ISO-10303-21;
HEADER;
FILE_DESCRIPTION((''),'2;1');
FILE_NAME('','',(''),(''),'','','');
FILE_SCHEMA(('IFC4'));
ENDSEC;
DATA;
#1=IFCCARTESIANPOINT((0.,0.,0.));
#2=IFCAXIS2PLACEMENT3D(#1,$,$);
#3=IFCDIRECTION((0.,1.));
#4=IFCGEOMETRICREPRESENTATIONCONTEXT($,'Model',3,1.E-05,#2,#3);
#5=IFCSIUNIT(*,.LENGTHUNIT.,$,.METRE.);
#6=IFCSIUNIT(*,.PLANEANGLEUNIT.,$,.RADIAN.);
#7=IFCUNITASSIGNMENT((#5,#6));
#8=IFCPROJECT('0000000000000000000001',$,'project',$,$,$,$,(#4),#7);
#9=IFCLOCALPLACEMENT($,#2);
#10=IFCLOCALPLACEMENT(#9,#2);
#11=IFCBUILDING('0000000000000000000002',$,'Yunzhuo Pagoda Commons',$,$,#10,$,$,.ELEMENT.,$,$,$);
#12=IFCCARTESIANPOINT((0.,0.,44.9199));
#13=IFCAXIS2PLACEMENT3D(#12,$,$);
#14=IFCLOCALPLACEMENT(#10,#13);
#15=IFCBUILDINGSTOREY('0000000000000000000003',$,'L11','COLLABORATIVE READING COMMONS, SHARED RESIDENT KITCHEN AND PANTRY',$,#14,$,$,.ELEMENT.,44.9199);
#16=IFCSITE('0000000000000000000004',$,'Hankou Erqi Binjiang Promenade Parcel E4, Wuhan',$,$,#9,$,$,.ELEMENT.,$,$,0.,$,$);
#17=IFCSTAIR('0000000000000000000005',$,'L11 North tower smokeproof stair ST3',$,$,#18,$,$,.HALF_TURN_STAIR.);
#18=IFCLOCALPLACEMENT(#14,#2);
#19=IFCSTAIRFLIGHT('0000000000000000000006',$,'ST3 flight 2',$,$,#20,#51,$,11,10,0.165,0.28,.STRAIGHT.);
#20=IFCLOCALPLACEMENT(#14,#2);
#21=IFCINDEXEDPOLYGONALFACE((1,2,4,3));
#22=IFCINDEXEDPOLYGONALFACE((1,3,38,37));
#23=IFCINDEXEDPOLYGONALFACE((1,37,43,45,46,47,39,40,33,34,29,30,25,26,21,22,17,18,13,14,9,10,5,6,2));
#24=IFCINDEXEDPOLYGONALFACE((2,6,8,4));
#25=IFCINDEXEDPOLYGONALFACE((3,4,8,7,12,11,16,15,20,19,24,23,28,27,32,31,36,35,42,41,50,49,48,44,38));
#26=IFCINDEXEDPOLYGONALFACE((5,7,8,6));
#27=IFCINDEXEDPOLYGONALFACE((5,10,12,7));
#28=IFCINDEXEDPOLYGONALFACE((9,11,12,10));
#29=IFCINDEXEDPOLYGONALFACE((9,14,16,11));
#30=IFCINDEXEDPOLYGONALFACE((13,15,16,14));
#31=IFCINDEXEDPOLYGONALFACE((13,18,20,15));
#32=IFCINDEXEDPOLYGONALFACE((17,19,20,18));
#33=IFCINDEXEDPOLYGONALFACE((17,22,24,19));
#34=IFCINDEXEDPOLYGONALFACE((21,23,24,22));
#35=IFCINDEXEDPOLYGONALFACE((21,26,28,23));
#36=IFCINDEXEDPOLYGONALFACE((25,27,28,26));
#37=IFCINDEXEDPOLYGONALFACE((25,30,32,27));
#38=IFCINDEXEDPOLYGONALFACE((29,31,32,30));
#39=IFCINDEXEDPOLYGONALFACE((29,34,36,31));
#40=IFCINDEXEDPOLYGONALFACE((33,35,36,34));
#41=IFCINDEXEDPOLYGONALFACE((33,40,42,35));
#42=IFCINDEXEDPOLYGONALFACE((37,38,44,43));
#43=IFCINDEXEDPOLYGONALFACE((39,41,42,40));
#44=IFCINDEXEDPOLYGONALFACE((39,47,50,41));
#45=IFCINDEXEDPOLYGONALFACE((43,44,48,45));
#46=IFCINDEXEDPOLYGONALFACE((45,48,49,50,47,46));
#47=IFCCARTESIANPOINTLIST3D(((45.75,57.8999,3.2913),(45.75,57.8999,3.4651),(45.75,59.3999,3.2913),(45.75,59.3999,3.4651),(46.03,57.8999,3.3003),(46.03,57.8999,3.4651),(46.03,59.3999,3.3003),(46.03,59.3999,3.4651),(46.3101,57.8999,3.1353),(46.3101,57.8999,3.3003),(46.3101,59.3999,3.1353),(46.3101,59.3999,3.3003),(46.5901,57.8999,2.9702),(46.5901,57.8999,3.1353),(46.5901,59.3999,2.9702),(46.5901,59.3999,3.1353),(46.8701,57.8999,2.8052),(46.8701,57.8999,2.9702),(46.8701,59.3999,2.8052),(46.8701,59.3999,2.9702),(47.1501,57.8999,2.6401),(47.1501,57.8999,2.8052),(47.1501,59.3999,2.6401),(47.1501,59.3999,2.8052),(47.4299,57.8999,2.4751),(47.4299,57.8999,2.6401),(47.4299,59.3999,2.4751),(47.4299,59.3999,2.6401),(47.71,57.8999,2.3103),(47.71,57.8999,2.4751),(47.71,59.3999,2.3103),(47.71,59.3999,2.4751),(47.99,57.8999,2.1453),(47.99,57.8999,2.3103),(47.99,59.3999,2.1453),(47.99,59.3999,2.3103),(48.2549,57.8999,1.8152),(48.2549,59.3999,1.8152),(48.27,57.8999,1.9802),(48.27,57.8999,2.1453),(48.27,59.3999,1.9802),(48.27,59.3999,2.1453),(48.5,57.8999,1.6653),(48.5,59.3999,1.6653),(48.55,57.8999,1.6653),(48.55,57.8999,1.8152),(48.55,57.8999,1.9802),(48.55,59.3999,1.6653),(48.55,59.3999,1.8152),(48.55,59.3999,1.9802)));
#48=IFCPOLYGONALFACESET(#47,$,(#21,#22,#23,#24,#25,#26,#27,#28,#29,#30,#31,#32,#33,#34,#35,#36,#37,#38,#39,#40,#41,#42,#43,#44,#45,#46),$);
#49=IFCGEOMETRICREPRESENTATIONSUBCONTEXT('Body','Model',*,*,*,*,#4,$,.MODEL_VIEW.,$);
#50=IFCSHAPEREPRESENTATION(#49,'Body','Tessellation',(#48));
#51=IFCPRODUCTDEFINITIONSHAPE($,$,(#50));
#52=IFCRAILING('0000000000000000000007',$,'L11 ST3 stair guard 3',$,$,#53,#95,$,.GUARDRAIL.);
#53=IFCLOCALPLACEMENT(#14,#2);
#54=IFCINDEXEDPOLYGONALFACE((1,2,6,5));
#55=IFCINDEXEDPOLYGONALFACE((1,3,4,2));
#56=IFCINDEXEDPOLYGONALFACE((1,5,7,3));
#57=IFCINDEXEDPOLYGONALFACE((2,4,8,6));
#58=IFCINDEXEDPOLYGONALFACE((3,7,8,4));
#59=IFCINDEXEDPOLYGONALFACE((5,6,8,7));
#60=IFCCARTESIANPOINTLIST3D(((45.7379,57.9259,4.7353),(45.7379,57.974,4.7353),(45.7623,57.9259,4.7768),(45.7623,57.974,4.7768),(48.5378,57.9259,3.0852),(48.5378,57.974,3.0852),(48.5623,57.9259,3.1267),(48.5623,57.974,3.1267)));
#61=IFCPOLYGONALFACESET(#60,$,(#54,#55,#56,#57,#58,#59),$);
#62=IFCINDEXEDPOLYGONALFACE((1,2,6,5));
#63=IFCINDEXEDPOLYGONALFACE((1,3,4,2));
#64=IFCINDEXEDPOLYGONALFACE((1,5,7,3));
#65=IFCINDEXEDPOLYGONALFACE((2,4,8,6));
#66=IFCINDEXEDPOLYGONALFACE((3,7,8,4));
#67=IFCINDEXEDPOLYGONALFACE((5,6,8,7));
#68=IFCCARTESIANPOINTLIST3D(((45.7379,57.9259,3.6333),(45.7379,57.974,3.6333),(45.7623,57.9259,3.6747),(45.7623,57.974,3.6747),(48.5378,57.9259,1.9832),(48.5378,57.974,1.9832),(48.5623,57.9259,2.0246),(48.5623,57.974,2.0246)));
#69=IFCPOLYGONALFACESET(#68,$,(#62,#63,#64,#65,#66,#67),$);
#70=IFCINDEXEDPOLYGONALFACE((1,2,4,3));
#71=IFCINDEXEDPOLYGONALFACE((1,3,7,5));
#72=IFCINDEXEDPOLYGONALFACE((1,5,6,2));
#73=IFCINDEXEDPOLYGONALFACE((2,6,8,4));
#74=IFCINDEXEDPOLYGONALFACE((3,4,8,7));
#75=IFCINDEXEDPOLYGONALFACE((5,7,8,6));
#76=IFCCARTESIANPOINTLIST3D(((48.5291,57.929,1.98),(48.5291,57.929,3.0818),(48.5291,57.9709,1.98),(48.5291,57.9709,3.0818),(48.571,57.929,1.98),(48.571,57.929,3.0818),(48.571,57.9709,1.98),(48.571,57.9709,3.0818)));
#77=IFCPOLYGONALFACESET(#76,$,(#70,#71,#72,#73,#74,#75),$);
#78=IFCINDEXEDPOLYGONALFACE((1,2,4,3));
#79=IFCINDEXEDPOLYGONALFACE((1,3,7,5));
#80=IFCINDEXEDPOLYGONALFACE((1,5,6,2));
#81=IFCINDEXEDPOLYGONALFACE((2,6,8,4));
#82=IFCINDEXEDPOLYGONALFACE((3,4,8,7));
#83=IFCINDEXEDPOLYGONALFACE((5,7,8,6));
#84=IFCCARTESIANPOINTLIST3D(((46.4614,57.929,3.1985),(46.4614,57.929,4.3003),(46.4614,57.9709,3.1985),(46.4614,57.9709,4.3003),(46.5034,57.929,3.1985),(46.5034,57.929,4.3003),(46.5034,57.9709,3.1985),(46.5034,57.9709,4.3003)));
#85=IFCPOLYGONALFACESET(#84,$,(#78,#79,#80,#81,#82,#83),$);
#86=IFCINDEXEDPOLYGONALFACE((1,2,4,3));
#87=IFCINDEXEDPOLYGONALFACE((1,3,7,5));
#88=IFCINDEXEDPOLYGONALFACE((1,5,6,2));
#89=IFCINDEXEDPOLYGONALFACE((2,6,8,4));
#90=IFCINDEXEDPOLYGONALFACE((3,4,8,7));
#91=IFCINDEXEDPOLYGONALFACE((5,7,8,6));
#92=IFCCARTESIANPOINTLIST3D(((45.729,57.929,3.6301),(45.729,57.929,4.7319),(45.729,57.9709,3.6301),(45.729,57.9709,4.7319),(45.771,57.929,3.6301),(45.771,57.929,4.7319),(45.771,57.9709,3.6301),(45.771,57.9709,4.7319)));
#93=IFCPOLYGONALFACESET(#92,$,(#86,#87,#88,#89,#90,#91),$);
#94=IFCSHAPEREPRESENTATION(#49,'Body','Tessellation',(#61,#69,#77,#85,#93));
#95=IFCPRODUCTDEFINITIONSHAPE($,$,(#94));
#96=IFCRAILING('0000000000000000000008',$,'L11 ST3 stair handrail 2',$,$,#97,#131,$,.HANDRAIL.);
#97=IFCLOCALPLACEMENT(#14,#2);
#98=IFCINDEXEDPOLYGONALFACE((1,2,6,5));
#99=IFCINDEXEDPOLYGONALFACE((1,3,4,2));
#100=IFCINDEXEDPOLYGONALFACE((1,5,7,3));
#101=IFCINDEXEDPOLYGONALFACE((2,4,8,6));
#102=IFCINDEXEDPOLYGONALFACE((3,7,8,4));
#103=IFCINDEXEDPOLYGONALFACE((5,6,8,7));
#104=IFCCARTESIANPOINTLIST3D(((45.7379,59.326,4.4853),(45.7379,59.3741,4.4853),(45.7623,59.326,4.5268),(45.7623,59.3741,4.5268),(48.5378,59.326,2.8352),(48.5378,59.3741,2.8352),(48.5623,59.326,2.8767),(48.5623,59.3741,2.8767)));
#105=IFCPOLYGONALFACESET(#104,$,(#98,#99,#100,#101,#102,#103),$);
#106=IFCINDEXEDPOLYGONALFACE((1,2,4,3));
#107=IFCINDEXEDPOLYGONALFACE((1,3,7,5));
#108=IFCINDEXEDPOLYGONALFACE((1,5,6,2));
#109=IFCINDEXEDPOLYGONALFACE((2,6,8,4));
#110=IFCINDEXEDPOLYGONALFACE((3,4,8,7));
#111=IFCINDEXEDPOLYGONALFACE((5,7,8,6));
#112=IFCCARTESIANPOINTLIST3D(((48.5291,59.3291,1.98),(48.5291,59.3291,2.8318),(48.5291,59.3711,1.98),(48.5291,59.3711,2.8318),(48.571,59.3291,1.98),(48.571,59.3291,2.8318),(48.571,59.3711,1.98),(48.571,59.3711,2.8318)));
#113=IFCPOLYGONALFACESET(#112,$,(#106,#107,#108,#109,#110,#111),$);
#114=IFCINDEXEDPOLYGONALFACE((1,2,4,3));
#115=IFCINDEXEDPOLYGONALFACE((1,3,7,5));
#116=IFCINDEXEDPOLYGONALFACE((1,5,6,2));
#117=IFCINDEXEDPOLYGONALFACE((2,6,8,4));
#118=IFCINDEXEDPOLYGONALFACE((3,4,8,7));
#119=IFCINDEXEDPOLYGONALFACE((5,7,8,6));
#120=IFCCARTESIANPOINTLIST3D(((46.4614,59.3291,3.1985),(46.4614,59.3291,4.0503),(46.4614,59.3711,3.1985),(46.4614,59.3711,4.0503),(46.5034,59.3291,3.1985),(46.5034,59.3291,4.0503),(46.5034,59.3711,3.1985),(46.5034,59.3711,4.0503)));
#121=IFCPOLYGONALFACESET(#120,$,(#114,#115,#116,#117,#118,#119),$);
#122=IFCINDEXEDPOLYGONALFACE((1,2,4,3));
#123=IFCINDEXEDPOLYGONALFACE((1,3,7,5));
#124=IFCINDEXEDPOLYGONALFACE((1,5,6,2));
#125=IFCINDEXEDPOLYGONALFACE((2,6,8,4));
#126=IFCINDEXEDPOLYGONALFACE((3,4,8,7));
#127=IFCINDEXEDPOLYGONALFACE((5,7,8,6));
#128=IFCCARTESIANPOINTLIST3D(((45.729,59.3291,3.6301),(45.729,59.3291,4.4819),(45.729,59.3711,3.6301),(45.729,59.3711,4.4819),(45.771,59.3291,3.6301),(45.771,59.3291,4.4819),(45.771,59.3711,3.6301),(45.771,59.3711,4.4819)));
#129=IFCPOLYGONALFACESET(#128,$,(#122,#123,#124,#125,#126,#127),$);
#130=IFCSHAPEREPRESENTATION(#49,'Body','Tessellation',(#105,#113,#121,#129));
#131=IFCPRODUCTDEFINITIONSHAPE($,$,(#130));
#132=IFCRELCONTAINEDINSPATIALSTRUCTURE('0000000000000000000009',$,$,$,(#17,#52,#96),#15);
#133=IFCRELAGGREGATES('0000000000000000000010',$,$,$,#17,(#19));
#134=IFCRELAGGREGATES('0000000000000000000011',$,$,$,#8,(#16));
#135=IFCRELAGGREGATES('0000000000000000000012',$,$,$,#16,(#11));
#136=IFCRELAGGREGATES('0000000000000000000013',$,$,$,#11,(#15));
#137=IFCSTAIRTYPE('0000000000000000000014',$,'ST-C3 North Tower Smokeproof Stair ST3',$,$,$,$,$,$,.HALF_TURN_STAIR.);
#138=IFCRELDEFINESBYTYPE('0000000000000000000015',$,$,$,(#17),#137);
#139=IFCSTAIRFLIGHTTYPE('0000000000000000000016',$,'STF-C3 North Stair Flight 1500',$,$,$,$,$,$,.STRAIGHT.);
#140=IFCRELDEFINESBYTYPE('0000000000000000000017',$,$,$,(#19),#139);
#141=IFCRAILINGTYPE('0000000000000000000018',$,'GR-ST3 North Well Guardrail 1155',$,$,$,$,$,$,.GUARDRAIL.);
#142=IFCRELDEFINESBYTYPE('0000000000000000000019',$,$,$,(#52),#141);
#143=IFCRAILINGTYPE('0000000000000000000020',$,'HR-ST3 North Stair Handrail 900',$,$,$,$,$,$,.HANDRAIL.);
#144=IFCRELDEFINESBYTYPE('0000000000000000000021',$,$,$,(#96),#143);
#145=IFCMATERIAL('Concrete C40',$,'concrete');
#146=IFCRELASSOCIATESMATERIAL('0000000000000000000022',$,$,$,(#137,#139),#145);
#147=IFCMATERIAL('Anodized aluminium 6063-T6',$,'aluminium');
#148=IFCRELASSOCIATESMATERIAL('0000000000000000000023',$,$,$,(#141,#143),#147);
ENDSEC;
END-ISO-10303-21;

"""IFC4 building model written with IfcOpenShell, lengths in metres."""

from ifc_helpers import new_model, si_unit, direction, frame, origin, origin_2d, place, context, subcontext, project, spatial, polyline, rectangle, outline, extrude, source, transform, mapped, material, type_object, element, aggregate, save


model = new_model("IFC4")

# Units and contexts
model_context = context("Model", 3, precision=1e-05, world=origin(), true_north=direction((0.0, 1.0)))
body_context = subcontext(model_context, "Body", "Model", "MODEL_VIEW")
ifc_project = project(units=[si_unit("LENGTHUNIT", "METRE"), si_unit("PLANEANGLEUNIT", "RADIAN")], contexts=[model_context])

# Site, building, storey
site_placement = place(None, origin())
site = spatial("IfcSite", under=ifc_project, at=site_placement, Name="Hankou Erqi Binjiang Promenade Parcel E4, Wuhan", CompositionType="ELEMENT", RefElevation=0.0)
building_placement = place(site_placement, origin())
building = spatial("IfcBuilding", under=site, at=building_placement, Name="Yunzhuo Pagoda Commons", CompositionType="ELEMENT")
storey_placement = place(building_placement, frame((0.0, 0.0, 44.9199)))
storey = spatial("IfcBuildingStorey", under=building, at=storey_placement, Name="L11", Description="COLLABORATIVE READING COMMONS, SHARED RESIDENT KITCHEN AND PANTRY", CompositionType="ELEMENT", Elevation=44.9199)

# Shared definitions
ifc_material_1 = material(Name="Anodized aluminium 6063-T6", Category="aluminium")

# Stair, stair flight
ifc_material_2 = material(Name="Concrete C40", Category="concrete")
stair_type = type_object("IfcStairType", Name="ST-C3 North Tower Smokeproof Stair ST3", PredefinedType="HALF_TURN_STAIR", material=ifc_material_2)
stair_placement = place(storey_placement, origin())
stair = element("IfcStair", 1, at=stair_placement, inside=storey, type_object=stair_type, Name="L11 North tower smokeproof stair ST3", PredefinedType="HALF_TURN_STAIR")
stair_flight_type = type_object("IfcStairFlightType", Name="STF-C3 North Stair Flight 1500", PredefinedType="STRAIGHT", material=ifc_material_2)
shared_shape_1 = source(origin(), body_context, "Body", "SweptSolid", [
    extrude(outline(polyline([(0.0, -0.1499), (0.0, 0.0), (0.0, 0.165), (0.28, 0.165), (0.28, 0.3301), (0.5601, 0.3301), (0.5601, 0.4951), (0.8401, 0.4951), (0.8401, 0.6599), (1.1201, 0.6599), (1.1201, 0.825), (1.3999, 0.825), (1.3999, 0.99), (1.6799, 0.99), (1.6799, 1.155), (1.96, 1.155), (1.96, 1.3201), (2.24, 1.3201), (2.24, 1.4851), (2.52, 1.4851), (2.52, 1.6499), (2.8, 1.6499), (2.8, 1.8149), (2.8, 1.4761), (0.2952, 0.0), (0.05, -0.1499), (0.0, -0.1499)])), frame((0.0, 0.75, 0.0), z_axis=(0.0, -1.0, 0.0), x_axis=(1.0, 0.0, 0.0)), (0.0, 0.0, 1.0), 1.5),
])
stair_flight_placement = place(storey_placement, frame((48.55, 58.6499, 1.8152), z_axis=(0.0, 0.0, 1.0), x_axis=(-1.0, 0.0, 0.0)))
stair_flight = element("IfcStairFlight", 2, at=stair_flight_placement, type_object=stair_flight_type, Name="ST3 flight 2", NumberOfRisers=11, NumberOfTreads=10, PredefinedType="STRAIGHT", RiserHeight=0.165, TreadLength=0.28, context=body_context, shape_type="MappedRepresentation", body=[
    mapped(shared_shape_1, transform((0.0, 0.0, 0.0), scale=1.0)),
])
aggregate(stair, [stair_flight])

# Railings
railing_type_1 = type_object("IfcRailingType", Name="GR-ST3 North Well Guardrail 1155", PredefinedType="GUARDRAIL", material=ifc_material_1)
railing_1_placement = place(storey_placement, frame((48.55, 57.95, 1.98)))
element("IfcRailing", 3, at=railing_1_placement, inside=storey, type_object=railing_type_1, Name="L11 ST3 stair guard 3", PredefinedType="GUARDRAIL", context=body_context, shape_type="SweptSolid", body=[
    extrude(rectangle(XDim=0.0481, YDim=0.0481, at=origin_2d()), frame((0.0, 0.0, 1.126), z_axis=(-0.861523, 0.0, 0.507719), x_axis=(0.0, -1.0, 0.0)), (0.0, 0.0, 1.0), 3.25),
    extrude(rectangle(XDim=0.0481, YDim=0.0481, at=origin_2d()), frame((0.0, 0.0, 0.0239), z_axis=(-0.861523, 0.0, 0.507719), x_axis=(0.0, -1.0, 0.0)), (0.0, 0.0, 1.0), 3.25),
    extrude(rectangle(XDim=0.042, YDim=0.042, at=origin_2d()), origin(), (0.0, 0.0, 1.0), 1.1018),
    extrude(rectangle(XDim=0.042, YDim=0.042, at=origin_2d()), frame((-2.0676, 0.0, 1.2185)), (0.0, 0.0, 1.0), 1.1018),
    extrude(rectangle(XDim=0.042, YDim=0.042, at=origin_2d()), frame((-2.8, 0.0, 1.6501)), (0.0, 0.0, 1.0), 1.1018),
])
railing_type_2 = type_object("IfcRailingType", Name="HR-ST3 North Stair Handrail 900", PredefinedType="HANDRAIL", material=ifc_material_1)
railing_2_placement = place(storey_placement, frame((48.55, 59.3501, 1.98)))
element("IfcRailing", 4, at=railing_2_placement, inside=storey, type_object=railing_type_2, Name="L11 ST3 stair handrail 2", PredefinedType="HANDRAIL", context=body_context, shape_type="SweptSolid", body=[
    extrude(rectangle(XDim=0.0481, YDim=0.0481, at=origin_2d()), frame((0.0, 0.0, 0.876), z_axis=(-0.861523, 0.0, 0.507719), x_axis=(0.0, -1.0, 0.0)), (0.0, 0.0, 1.0), 3.25),
    extrude(rectangle(XDim=0.042, YDim=0.042, at=origin_2d()), origin(), (0.0, 0.0, 1.0), 0.8518),
    extrude(rectangle(XDim=0.042, YDim=0.042, at=origin_2d()), frame((-2.0676, 0.0, 1.2185)), (0.0, 0.0, 1.0), 0.8518),
    extrude(rectangle(XDim=0.042, YDim=0.042, at=origin_2d()), frame((-2.8, 0.0, 1.6501)), (0.0, 0.0, 1.0), 0.8518),
])

save(model, "model.ifc")
